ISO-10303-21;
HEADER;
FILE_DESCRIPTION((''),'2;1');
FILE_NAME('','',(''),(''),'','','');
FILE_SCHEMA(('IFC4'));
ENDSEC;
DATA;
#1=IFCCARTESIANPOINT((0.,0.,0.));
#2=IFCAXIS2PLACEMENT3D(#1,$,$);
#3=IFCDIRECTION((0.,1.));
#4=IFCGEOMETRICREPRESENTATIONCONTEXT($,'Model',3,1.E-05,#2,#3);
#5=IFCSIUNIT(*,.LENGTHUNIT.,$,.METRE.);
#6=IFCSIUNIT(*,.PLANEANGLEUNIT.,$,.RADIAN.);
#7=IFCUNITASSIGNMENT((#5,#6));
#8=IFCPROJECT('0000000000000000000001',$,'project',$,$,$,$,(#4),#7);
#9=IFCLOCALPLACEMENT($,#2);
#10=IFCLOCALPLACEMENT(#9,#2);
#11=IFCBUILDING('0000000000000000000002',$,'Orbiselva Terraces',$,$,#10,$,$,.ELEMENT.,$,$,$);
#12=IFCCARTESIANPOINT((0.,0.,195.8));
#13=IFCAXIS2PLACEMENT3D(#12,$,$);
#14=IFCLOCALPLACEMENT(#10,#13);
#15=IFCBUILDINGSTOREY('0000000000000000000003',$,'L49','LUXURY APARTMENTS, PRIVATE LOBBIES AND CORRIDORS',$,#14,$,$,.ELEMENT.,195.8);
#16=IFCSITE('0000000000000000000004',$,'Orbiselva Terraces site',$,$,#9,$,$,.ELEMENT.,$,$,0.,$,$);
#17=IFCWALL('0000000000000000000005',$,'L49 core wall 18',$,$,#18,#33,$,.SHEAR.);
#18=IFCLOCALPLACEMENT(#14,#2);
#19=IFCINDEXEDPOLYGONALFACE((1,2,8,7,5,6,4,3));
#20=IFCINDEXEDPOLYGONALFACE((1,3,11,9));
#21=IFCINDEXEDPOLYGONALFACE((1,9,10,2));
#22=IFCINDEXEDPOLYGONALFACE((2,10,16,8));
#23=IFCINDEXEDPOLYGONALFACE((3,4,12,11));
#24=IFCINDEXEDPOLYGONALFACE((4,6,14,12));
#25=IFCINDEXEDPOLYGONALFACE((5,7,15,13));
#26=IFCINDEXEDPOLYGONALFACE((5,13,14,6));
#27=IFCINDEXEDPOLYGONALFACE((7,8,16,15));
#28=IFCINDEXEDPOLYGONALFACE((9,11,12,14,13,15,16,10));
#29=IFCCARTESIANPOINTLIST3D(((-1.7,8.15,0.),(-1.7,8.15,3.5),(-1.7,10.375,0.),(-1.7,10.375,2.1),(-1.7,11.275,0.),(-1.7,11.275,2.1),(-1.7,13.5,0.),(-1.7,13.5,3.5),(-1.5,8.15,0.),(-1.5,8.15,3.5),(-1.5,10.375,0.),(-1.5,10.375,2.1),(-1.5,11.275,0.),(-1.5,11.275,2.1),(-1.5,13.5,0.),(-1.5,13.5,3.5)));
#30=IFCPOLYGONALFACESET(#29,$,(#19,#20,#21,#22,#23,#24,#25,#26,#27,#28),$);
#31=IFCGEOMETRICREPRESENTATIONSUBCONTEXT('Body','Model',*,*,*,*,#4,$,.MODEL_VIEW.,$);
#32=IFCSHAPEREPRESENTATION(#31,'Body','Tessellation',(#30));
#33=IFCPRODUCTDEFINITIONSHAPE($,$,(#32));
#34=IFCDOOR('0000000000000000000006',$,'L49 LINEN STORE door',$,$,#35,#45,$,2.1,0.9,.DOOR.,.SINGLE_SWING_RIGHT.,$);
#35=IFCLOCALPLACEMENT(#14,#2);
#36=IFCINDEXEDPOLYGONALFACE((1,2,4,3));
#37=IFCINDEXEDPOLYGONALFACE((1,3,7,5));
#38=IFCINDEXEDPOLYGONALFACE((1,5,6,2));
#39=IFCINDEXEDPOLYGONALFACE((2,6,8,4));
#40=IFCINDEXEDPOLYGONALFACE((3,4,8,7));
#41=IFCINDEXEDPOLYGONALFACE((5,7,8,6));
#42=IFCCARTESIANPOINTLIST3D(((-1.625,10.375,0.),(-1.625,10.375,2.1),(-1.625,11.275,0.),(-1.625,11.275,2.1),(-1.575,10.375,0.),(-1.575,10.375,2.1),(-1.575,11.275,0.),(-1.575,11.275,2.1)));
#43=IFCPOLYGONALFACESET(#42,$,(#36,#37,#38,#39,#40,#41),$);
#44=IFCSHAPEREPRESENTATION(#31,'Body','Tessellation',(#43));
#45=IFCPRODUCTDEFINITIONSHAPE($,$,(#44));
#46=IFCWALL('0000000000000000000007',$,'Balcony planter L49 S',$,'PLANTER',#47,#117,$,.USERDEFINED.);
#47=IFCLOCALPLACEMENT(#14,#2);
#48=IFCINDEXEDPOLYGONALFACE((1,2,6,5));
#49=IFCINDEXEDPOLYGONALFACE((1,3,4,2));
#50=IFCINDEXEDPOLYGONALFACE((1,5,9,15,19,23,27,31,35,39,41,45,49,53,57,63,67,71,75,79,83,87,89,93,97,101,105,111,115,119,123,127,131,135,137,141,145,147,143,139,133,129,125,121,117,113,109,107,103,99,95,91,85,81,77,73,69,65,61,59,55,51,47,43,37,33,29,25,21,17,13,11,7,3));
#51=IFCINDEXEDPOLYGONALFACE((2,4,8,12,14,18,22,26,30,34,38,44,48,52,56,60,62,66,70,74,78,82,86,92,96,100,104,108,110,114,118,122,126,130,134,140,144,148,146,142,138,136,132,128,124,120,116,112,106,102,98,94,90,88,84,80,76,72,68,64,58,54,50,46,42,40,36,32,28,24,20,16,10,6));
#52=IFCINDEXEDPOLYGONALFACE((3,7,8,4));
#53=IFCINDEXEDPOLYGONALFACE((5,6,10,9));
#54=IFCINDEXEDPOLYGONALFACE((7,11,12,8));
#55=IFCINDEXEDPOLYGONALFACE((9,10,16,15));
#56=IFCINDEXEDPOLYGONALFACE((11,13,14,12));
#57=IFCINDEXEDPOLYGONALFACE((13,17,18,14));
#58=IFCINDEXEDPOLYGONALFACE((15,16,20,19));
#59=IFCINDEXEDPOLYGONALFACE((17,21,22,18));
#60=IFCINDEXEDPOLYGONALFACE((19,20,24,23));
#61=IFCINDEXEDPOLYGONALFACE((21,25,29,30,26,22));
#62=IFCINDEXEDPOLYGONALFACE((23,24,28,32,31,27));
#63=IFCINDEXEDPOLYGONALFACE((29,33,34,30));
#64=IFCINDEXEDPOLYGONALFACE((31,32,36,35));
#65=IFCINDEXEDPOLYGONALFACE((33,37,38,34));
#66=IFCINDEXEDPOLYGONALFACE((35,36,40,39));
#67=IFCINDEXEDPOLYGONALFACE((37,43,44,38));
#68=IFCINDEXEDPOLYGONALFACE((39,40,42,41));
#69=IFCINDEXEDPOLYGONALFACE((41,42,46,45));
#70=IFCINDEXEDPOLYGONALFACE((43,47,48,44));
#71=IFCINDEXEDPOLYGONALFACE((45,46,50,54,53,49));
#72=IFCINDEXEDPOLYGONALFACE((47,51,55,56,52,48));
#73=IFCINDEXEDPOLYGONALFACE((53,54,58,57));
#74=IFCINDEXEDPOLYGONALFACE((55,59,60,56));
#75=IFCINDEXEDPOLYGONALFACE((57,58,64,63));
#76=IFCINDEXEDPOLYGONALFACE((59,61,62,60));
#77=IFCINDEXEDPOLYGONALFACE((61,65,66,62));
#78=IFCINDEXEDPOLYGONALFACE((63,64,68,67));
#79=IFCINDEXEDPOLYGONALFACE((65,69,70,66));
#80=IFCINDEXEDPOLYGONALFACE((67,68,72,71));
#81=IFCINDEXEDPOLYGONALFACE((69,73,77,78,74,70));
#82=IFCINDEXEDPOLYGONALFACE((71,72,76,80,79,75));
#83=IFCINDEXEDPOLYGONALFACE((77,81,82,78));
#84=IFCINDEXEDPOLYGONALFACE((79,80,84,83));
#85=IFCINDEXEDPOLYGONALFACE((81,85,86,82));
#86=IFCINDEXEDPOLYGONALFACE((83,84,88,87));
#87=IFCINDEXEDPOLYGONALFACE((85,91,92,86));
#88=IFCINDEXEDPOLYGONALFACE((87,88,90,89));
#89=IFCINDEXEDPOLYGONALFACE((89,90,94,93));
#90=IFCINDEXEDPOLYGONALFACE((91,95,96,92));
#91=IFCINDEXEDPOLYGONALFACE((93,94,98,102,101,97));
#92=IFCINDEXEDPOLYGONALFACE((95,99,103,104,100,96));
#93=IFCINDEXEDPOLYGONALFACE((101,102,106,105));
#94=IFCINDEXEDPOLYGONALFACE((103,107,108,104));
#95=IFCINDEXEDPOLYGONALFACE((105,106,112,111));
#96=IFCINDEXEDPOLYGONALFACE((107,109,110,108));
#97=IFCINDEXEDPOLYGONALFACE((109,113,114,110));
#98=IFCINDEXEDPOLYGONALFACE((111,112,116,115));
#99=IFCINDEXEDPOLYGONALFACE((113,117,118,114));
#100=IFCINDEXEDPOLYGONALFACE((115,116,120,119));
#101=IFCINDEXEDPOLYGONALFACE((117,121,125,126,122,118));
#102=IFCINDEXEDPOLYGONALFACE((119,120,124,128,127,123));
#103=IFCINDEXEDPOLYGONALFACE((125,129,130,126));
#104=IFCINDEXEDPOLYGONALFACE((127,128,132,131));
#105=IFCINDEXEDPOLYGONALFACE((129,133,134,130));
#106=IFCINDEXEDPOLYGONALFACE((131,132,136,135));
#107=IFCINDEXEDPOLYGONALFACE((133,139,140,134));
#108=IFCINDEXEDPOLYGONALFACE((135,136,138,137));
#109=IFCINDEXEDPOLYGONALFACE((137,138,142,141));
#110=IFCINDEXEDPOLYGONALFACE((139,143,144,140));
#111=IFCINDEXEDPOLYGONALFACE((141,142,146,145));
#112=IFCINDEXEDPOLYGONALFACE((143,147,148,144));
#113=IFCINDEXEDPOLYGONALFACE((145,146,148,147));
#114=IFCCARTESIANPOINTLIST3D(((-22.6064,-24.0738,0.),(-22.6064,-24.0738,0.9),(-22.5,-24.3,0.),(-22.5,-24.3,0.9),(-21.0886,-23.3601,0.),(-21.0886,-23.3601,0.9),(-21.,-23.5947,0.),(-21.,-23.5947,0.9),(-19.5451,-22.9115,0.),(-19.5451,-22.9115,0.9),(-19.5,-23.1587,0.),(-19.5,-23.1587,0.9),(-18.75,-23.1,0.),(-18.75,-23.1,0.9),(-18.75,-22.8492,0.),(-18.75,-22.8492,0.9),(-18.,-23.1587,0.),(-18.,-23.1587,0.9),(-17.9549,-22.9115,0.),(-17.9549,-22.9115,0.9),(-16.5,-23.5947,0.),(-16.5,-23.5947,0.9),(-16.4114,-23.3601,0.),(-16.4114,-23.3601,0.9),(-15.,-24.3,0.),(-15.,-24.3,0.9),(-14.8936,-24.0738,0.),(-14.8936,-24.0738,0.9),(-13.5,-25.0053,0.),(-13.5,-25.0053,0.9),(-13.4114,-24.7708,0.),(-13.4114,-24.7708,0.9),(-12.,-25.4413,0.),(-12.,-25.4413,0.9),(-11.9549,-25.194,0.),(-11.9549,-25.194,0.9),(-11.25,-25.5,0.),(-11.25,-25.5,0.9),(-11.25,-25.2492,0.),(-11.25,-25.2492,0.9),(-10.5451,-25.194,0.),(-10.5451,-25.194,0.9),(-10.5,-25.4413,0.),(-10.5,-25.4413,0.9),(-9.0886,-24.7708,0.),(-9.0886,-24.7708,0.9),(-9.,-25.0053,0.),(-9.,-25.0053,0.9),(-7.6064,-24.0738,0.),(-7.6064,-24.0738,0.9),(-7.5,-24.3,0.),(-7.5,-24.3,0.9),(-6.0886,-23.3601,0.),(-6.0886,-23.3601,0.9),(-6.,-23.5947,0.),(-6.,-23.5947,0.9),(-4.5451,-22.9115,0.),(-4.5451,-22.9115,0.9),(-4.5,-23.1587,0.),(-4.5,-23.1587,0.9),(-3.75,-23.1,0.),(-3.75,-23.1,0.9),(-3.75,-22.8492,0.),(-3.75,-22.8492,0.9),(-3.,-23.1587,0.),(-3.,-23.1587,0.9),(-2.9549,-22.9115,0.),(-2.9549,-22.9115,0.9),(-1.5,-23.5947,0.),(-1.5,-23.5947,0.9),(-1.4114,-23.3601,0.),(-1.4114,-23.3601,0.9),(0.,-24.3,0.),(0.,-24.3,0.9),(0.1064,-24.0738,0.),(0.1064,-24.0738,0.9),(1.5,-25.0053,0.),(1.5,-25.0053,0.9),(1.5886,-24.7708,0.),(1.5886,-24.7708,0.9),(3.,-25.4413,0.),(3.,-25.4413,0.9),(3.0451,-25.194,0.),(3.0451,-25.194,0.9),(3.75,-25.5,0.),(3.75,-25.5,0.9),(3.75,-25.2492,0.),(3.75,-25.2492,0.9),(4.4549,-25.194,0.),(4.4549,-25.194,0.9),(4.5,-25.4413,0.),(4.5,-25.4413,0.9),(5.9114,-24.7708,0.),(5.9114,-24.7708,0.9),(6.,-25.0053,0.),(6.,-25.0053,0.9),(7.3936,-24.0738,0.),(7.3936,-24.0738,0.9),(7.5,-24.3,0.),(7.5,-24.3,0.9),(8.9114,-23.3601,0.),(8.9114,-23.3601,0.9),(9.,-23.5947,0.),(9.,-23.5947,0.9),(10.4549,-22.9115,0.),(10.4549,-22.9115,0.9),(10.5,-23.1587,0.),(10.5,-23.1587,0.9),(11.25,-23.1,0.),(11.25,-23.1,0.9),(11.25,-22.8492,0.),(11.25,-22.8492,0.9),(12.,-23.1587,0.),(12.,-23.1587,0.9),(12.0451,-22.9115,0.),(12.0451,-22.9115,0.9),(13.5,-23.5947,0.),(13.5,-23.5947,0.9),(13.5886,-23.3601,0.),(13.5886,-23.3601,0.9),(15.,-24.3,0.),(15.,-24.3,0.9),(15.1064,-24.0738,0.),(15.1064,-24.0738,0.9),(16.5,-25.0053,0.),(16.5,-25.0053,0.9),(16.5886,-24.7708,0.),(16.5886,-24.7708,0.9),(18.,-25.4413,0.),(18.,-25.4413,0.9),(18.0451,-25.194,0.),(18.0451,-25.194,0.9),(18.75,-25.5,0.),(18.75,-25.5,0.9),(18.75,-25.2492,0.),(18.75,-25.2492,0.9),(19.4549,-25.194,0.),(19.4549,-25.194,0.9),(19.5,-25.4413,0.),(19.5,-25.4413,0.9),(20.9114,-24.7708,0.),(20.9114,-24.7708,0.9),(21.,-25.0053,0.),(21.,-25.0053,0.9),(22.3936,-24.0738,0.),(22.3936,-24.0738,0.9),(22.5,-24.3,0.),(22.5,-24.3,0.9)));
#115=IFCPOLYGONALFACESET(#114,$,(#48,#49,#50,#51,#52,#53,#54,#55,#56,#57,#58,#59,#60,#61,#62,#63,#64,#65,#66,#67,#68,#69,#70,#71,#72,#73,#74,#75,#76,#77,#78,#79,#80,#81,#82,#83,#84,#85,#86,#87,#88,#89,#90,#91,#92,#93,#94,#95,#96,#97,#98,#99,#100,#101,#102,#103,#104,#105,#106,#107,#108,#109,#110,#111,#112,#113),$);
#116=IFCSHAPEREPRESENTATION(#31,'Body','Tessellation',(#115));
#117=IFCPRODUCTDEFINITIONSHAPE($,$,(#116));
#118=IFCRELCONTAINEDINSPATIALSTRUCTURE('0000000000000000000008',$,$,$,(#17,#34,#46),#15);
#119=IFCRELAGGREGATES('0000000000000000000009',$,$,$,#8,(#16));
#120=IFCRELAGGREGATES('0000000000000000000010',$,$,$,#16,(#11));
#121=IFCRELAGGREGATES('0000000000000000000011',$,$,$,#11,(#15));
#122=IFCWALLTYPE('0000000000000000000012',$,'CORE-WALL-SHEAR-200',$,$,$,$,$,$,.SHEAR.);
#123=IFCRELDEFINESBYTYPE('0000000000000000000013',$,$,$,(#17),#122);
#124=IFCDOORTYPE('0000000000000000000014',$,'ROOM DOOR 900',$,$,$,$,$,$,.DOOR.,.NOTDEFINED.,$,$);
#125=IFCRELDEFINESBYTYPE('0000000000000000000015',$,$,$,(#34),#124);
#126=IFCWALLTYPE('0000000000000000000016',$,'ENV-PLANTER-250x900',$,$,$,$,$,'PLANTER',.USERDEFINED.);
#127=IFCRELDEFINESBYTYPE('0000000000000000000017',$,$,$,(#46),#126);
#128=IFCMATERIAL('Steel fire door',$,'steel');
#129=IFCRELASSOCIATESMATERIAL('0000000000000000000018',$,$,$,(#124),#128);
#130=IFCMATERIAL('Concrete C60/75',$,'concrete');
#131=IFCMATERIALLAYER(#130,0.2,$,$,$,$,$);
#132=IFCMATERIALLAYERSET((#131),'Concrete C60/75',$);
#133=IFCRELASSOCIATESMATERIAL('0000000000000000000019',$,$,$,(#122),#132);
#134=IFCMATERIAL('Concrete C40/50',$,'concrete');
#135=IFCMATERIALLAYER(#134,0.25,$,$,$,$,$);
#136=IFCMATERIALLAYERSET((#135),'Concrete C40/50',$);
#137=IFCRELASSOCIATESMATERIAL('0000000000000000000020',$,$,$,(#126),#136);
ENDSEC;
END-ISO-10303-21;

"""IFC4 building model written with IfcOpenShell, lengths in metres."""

from ifc_helpers import new_model, si_unit, direction, frame, frame_2d, origin, place, context, subcontext, project, spatial, polyline, rectangle, outline, extrude, material, layer, layer_set, type_object, element, fill, save


model = new_model("IFC4")

# Units and contexts
model_context = context("Model", 3, precision=1e-05, world=origin(), true_north=direction((0.0, 1.0)))
body_context = subcontext(model_context, "Body", "Model", "MODEL_VIEW")
ifc_project = project(units=[si_unit("LENGTHUNIT", "METRE"), si_unit("PLANEANGLEUNIT", "RADIAN")], contexts=[model_context])

# Site, building, storey
site_placement = place(None, origin())
site = spatial("IfcSite", under=ifc_project, at=site_placement, Name="Orbiselva Terraces site", CompositionType="ELEMENT", RefElevation=0.0)
building_placement = place(site_placement, origin())
building = spatial("IfcBuilding", under=site, at=building_placement, Name="Orbiselva Terraces", CompositionType="ELEMENT")
storey_placement = place(building_placement, frame((0.0, 0.0, 195.8)))
storey = spatial("IfcBuildingStorey", under=building, at=storey_placement, Name="L49", Description="LUXURY APARTMENTS, PRIVATE LOBBIES AND CORRIDORS", CompositionType="ELEMENT", Elevation=195.8)

# Shared definitions
ifc_material_1 = material(Name="Steel fire door", Category="steel")
door_type = type_object("IfcDoorType", Name="ROOM DOOR 900", OperationType="NOTDEFINED", PredefinedType="DOOR", material=ifc_material_1)

# Shared definitions
ifc_material_2 = material(Name="Concrete C60/75", Category="concrete")
ifc_layer_1 = layer(ifc_material_2, 0.2)
ifc_layer_set_1 = layer_set([ifc_layer_1], Name="Concrete C60/75")
wall_type_1 = type_object("IfcWallType", Name="CORE-WALL-SHEAR-200", PredefinedType="SHEAR", material=ifc_layer_set_1)

# Wall, opening, door
wall_1_placement = place(storey_placement, frame((-1.6, 8.15, 0.0), z_axis=(0.0, 0.0, 1.0), x_axis=(0.0, 1.0, 0.0)))
wall_1 = element("IfcWall", 1, at=wall_1_placement, inside=storey, type_object=wall_type_1, Name="L49 core wall 18", PredefinedType="SHEAR", context=body_context, shape_type="SweptSolid", body=[
    extrude(rectangle(XDim=5.35, YDim=0.2, at=frame_2d((2.675, 0.0))), origin(), (0.0, 0.0, 1.0), 3.5),
])
opening_1_placement = place(wall_1_placement, frame((2.225, 0.0, 0.0)))
opening_1 = element("IfcOpeningElement", 2, at=opening_1_placement, cuts=wall_1, PredefinedType="OPENING", context=body_context, shape_type="SweptSolid", body=[
    extrude(rectangle(XDim=0.9, YDim=2.1, at=frame_2d((0.45, 1.05))), frame((0.0, 0.11, 0.0), z_axis=(0.0, -1.0, 0.0), x_axis=(1.0, 0.0, 0.0)), (0.0, 0.0, 1.0), 0.22),
])
door_1_placement = place(opening_1_placement, origin())
door_1 = element("IfcDoor", 3, at=door_1_placement, inside=storey, type_object=door_type, Name="L49 LINEN STORE door", OperationType="SINGLE_SWING_RIGHT", OverallHeight=2.1, OverallWidth=0.9, PredefinedType="DOOR", context=body_context, shape_type="SweptSolid", body=[
    extrude(rectangle(XDim=0.9, YDim=2.1, at=frame_2d((0.45, 1.05))), frame((0.0, 0.025, 0.0), z_axis=(0.0, -1.0, 0.0), x_axis=(1.0, 0.0, 0.0)), (0.0, 0.0, 1.0), 0.05),
])
fill(opening_1, door_1)

# Wall
ifc_material_3 = material(Name="Concrete C40/50", Category="concrete")
ifc_layer_2 = layer(ifc_material_3, 0.25)
ifc_layer_set_2 = layer_set([ifc_layer_2], Name="Concrete C40/50")
wall_type_2 = type_object("IfcWallType", Name="ENV-PLANTER-250x900", ElementType="PLANTER", PredefinedType="USERDEFINED", material=ifc_layer_set_2)
wall_2_placement = place(storey_placement, origin())
element("IfcWall", 4, at=wall_2_placement, inside=storey, type_object=wall_type_2, Name="Balcony planter L49 S", ObjectType="PLANTER", PredefinedType="USERDEFINED", context=body_context, shape_type="SweptSolid", body=[
    extrude(outline(polyline([(-22.5, -24.3), (-21.0, -23.5947), (-19.5, -23.1587), (-18.75, -23.1), (-18.0, -23.1587), (-16.5, -23.5947), (-15.0, -24.3), (-13.5, -25.0053), (-12.0, -25.4413), (-11.25, -25.5), (-10.5, -25.4413), (-9.0, -25.0053), (-7.5, -24.3), (-6.0, -23.5947), (-4.5, -23.1587), (-3.75, -23.1), (-3.0, -23.1587), (-1.5, -23.5947), (0.0, -24.3), (1.5, -25.0053), (3.0, -25.4413), (3.75, -25.5), (4.5, -25.4413), (6.0, -25.0053), (7.5, -24.3), (9.0, -23.5947), (10.5, -23.1587), (11.25, -23.1), (12.0, -23.1587), (13.5, -23.5947), (15.0, -24.3), (16.5, -25.0053), (18.0, -25.4413), (18.75, -25.5), (19.5, -25.4413), (21.0, -25.0053), (22.5, -24.3), (22.3936, -24.0738), (20.9114, -24.7708), (19.4549, -25.194), (18.75, -25.2492), (18.0451, -25.194), (16.5886, -24.7708), (15.1064, -24.0738), (13.5886, -23.3601), (12.0451, -22.9115), (11.25, -22.8492), (10.4549, -22.9115), (8.9114, -23.3601), (7.3936, -24.0738), (5.9114, -24.7708), (4.4549, -25.194), (3.75, -25.2492), (3.0451, -25.194), (1.5886, -24.7708), (0.1064, -24.0738), (-1.4114, -23.3601), (-2.9549, -22.9115), (-3.75, -22.8492), (-4.5451, -22.9115), (-6.0886, -23.3601), (-7.6064, -24.0738), (-9.0886, -24.7708), (-10.5451, -25.194), (-11.25, -25.2492), (-11.9549, -25.194), (-13.4114, -24.7708), (-14.8936, -24.0738), (-16.4114, -23.3601), (-17.9549, -22.9115), (-18.75, -22.8492), (-19.5451, -22.9115), (-21.0886, -23.3601), (-22.6064, -24.0738), (-22.5, -24.3)])), origin(), (0.0, 0.0, 1.0), 0.9),
])

save(model, "model.ifc")
